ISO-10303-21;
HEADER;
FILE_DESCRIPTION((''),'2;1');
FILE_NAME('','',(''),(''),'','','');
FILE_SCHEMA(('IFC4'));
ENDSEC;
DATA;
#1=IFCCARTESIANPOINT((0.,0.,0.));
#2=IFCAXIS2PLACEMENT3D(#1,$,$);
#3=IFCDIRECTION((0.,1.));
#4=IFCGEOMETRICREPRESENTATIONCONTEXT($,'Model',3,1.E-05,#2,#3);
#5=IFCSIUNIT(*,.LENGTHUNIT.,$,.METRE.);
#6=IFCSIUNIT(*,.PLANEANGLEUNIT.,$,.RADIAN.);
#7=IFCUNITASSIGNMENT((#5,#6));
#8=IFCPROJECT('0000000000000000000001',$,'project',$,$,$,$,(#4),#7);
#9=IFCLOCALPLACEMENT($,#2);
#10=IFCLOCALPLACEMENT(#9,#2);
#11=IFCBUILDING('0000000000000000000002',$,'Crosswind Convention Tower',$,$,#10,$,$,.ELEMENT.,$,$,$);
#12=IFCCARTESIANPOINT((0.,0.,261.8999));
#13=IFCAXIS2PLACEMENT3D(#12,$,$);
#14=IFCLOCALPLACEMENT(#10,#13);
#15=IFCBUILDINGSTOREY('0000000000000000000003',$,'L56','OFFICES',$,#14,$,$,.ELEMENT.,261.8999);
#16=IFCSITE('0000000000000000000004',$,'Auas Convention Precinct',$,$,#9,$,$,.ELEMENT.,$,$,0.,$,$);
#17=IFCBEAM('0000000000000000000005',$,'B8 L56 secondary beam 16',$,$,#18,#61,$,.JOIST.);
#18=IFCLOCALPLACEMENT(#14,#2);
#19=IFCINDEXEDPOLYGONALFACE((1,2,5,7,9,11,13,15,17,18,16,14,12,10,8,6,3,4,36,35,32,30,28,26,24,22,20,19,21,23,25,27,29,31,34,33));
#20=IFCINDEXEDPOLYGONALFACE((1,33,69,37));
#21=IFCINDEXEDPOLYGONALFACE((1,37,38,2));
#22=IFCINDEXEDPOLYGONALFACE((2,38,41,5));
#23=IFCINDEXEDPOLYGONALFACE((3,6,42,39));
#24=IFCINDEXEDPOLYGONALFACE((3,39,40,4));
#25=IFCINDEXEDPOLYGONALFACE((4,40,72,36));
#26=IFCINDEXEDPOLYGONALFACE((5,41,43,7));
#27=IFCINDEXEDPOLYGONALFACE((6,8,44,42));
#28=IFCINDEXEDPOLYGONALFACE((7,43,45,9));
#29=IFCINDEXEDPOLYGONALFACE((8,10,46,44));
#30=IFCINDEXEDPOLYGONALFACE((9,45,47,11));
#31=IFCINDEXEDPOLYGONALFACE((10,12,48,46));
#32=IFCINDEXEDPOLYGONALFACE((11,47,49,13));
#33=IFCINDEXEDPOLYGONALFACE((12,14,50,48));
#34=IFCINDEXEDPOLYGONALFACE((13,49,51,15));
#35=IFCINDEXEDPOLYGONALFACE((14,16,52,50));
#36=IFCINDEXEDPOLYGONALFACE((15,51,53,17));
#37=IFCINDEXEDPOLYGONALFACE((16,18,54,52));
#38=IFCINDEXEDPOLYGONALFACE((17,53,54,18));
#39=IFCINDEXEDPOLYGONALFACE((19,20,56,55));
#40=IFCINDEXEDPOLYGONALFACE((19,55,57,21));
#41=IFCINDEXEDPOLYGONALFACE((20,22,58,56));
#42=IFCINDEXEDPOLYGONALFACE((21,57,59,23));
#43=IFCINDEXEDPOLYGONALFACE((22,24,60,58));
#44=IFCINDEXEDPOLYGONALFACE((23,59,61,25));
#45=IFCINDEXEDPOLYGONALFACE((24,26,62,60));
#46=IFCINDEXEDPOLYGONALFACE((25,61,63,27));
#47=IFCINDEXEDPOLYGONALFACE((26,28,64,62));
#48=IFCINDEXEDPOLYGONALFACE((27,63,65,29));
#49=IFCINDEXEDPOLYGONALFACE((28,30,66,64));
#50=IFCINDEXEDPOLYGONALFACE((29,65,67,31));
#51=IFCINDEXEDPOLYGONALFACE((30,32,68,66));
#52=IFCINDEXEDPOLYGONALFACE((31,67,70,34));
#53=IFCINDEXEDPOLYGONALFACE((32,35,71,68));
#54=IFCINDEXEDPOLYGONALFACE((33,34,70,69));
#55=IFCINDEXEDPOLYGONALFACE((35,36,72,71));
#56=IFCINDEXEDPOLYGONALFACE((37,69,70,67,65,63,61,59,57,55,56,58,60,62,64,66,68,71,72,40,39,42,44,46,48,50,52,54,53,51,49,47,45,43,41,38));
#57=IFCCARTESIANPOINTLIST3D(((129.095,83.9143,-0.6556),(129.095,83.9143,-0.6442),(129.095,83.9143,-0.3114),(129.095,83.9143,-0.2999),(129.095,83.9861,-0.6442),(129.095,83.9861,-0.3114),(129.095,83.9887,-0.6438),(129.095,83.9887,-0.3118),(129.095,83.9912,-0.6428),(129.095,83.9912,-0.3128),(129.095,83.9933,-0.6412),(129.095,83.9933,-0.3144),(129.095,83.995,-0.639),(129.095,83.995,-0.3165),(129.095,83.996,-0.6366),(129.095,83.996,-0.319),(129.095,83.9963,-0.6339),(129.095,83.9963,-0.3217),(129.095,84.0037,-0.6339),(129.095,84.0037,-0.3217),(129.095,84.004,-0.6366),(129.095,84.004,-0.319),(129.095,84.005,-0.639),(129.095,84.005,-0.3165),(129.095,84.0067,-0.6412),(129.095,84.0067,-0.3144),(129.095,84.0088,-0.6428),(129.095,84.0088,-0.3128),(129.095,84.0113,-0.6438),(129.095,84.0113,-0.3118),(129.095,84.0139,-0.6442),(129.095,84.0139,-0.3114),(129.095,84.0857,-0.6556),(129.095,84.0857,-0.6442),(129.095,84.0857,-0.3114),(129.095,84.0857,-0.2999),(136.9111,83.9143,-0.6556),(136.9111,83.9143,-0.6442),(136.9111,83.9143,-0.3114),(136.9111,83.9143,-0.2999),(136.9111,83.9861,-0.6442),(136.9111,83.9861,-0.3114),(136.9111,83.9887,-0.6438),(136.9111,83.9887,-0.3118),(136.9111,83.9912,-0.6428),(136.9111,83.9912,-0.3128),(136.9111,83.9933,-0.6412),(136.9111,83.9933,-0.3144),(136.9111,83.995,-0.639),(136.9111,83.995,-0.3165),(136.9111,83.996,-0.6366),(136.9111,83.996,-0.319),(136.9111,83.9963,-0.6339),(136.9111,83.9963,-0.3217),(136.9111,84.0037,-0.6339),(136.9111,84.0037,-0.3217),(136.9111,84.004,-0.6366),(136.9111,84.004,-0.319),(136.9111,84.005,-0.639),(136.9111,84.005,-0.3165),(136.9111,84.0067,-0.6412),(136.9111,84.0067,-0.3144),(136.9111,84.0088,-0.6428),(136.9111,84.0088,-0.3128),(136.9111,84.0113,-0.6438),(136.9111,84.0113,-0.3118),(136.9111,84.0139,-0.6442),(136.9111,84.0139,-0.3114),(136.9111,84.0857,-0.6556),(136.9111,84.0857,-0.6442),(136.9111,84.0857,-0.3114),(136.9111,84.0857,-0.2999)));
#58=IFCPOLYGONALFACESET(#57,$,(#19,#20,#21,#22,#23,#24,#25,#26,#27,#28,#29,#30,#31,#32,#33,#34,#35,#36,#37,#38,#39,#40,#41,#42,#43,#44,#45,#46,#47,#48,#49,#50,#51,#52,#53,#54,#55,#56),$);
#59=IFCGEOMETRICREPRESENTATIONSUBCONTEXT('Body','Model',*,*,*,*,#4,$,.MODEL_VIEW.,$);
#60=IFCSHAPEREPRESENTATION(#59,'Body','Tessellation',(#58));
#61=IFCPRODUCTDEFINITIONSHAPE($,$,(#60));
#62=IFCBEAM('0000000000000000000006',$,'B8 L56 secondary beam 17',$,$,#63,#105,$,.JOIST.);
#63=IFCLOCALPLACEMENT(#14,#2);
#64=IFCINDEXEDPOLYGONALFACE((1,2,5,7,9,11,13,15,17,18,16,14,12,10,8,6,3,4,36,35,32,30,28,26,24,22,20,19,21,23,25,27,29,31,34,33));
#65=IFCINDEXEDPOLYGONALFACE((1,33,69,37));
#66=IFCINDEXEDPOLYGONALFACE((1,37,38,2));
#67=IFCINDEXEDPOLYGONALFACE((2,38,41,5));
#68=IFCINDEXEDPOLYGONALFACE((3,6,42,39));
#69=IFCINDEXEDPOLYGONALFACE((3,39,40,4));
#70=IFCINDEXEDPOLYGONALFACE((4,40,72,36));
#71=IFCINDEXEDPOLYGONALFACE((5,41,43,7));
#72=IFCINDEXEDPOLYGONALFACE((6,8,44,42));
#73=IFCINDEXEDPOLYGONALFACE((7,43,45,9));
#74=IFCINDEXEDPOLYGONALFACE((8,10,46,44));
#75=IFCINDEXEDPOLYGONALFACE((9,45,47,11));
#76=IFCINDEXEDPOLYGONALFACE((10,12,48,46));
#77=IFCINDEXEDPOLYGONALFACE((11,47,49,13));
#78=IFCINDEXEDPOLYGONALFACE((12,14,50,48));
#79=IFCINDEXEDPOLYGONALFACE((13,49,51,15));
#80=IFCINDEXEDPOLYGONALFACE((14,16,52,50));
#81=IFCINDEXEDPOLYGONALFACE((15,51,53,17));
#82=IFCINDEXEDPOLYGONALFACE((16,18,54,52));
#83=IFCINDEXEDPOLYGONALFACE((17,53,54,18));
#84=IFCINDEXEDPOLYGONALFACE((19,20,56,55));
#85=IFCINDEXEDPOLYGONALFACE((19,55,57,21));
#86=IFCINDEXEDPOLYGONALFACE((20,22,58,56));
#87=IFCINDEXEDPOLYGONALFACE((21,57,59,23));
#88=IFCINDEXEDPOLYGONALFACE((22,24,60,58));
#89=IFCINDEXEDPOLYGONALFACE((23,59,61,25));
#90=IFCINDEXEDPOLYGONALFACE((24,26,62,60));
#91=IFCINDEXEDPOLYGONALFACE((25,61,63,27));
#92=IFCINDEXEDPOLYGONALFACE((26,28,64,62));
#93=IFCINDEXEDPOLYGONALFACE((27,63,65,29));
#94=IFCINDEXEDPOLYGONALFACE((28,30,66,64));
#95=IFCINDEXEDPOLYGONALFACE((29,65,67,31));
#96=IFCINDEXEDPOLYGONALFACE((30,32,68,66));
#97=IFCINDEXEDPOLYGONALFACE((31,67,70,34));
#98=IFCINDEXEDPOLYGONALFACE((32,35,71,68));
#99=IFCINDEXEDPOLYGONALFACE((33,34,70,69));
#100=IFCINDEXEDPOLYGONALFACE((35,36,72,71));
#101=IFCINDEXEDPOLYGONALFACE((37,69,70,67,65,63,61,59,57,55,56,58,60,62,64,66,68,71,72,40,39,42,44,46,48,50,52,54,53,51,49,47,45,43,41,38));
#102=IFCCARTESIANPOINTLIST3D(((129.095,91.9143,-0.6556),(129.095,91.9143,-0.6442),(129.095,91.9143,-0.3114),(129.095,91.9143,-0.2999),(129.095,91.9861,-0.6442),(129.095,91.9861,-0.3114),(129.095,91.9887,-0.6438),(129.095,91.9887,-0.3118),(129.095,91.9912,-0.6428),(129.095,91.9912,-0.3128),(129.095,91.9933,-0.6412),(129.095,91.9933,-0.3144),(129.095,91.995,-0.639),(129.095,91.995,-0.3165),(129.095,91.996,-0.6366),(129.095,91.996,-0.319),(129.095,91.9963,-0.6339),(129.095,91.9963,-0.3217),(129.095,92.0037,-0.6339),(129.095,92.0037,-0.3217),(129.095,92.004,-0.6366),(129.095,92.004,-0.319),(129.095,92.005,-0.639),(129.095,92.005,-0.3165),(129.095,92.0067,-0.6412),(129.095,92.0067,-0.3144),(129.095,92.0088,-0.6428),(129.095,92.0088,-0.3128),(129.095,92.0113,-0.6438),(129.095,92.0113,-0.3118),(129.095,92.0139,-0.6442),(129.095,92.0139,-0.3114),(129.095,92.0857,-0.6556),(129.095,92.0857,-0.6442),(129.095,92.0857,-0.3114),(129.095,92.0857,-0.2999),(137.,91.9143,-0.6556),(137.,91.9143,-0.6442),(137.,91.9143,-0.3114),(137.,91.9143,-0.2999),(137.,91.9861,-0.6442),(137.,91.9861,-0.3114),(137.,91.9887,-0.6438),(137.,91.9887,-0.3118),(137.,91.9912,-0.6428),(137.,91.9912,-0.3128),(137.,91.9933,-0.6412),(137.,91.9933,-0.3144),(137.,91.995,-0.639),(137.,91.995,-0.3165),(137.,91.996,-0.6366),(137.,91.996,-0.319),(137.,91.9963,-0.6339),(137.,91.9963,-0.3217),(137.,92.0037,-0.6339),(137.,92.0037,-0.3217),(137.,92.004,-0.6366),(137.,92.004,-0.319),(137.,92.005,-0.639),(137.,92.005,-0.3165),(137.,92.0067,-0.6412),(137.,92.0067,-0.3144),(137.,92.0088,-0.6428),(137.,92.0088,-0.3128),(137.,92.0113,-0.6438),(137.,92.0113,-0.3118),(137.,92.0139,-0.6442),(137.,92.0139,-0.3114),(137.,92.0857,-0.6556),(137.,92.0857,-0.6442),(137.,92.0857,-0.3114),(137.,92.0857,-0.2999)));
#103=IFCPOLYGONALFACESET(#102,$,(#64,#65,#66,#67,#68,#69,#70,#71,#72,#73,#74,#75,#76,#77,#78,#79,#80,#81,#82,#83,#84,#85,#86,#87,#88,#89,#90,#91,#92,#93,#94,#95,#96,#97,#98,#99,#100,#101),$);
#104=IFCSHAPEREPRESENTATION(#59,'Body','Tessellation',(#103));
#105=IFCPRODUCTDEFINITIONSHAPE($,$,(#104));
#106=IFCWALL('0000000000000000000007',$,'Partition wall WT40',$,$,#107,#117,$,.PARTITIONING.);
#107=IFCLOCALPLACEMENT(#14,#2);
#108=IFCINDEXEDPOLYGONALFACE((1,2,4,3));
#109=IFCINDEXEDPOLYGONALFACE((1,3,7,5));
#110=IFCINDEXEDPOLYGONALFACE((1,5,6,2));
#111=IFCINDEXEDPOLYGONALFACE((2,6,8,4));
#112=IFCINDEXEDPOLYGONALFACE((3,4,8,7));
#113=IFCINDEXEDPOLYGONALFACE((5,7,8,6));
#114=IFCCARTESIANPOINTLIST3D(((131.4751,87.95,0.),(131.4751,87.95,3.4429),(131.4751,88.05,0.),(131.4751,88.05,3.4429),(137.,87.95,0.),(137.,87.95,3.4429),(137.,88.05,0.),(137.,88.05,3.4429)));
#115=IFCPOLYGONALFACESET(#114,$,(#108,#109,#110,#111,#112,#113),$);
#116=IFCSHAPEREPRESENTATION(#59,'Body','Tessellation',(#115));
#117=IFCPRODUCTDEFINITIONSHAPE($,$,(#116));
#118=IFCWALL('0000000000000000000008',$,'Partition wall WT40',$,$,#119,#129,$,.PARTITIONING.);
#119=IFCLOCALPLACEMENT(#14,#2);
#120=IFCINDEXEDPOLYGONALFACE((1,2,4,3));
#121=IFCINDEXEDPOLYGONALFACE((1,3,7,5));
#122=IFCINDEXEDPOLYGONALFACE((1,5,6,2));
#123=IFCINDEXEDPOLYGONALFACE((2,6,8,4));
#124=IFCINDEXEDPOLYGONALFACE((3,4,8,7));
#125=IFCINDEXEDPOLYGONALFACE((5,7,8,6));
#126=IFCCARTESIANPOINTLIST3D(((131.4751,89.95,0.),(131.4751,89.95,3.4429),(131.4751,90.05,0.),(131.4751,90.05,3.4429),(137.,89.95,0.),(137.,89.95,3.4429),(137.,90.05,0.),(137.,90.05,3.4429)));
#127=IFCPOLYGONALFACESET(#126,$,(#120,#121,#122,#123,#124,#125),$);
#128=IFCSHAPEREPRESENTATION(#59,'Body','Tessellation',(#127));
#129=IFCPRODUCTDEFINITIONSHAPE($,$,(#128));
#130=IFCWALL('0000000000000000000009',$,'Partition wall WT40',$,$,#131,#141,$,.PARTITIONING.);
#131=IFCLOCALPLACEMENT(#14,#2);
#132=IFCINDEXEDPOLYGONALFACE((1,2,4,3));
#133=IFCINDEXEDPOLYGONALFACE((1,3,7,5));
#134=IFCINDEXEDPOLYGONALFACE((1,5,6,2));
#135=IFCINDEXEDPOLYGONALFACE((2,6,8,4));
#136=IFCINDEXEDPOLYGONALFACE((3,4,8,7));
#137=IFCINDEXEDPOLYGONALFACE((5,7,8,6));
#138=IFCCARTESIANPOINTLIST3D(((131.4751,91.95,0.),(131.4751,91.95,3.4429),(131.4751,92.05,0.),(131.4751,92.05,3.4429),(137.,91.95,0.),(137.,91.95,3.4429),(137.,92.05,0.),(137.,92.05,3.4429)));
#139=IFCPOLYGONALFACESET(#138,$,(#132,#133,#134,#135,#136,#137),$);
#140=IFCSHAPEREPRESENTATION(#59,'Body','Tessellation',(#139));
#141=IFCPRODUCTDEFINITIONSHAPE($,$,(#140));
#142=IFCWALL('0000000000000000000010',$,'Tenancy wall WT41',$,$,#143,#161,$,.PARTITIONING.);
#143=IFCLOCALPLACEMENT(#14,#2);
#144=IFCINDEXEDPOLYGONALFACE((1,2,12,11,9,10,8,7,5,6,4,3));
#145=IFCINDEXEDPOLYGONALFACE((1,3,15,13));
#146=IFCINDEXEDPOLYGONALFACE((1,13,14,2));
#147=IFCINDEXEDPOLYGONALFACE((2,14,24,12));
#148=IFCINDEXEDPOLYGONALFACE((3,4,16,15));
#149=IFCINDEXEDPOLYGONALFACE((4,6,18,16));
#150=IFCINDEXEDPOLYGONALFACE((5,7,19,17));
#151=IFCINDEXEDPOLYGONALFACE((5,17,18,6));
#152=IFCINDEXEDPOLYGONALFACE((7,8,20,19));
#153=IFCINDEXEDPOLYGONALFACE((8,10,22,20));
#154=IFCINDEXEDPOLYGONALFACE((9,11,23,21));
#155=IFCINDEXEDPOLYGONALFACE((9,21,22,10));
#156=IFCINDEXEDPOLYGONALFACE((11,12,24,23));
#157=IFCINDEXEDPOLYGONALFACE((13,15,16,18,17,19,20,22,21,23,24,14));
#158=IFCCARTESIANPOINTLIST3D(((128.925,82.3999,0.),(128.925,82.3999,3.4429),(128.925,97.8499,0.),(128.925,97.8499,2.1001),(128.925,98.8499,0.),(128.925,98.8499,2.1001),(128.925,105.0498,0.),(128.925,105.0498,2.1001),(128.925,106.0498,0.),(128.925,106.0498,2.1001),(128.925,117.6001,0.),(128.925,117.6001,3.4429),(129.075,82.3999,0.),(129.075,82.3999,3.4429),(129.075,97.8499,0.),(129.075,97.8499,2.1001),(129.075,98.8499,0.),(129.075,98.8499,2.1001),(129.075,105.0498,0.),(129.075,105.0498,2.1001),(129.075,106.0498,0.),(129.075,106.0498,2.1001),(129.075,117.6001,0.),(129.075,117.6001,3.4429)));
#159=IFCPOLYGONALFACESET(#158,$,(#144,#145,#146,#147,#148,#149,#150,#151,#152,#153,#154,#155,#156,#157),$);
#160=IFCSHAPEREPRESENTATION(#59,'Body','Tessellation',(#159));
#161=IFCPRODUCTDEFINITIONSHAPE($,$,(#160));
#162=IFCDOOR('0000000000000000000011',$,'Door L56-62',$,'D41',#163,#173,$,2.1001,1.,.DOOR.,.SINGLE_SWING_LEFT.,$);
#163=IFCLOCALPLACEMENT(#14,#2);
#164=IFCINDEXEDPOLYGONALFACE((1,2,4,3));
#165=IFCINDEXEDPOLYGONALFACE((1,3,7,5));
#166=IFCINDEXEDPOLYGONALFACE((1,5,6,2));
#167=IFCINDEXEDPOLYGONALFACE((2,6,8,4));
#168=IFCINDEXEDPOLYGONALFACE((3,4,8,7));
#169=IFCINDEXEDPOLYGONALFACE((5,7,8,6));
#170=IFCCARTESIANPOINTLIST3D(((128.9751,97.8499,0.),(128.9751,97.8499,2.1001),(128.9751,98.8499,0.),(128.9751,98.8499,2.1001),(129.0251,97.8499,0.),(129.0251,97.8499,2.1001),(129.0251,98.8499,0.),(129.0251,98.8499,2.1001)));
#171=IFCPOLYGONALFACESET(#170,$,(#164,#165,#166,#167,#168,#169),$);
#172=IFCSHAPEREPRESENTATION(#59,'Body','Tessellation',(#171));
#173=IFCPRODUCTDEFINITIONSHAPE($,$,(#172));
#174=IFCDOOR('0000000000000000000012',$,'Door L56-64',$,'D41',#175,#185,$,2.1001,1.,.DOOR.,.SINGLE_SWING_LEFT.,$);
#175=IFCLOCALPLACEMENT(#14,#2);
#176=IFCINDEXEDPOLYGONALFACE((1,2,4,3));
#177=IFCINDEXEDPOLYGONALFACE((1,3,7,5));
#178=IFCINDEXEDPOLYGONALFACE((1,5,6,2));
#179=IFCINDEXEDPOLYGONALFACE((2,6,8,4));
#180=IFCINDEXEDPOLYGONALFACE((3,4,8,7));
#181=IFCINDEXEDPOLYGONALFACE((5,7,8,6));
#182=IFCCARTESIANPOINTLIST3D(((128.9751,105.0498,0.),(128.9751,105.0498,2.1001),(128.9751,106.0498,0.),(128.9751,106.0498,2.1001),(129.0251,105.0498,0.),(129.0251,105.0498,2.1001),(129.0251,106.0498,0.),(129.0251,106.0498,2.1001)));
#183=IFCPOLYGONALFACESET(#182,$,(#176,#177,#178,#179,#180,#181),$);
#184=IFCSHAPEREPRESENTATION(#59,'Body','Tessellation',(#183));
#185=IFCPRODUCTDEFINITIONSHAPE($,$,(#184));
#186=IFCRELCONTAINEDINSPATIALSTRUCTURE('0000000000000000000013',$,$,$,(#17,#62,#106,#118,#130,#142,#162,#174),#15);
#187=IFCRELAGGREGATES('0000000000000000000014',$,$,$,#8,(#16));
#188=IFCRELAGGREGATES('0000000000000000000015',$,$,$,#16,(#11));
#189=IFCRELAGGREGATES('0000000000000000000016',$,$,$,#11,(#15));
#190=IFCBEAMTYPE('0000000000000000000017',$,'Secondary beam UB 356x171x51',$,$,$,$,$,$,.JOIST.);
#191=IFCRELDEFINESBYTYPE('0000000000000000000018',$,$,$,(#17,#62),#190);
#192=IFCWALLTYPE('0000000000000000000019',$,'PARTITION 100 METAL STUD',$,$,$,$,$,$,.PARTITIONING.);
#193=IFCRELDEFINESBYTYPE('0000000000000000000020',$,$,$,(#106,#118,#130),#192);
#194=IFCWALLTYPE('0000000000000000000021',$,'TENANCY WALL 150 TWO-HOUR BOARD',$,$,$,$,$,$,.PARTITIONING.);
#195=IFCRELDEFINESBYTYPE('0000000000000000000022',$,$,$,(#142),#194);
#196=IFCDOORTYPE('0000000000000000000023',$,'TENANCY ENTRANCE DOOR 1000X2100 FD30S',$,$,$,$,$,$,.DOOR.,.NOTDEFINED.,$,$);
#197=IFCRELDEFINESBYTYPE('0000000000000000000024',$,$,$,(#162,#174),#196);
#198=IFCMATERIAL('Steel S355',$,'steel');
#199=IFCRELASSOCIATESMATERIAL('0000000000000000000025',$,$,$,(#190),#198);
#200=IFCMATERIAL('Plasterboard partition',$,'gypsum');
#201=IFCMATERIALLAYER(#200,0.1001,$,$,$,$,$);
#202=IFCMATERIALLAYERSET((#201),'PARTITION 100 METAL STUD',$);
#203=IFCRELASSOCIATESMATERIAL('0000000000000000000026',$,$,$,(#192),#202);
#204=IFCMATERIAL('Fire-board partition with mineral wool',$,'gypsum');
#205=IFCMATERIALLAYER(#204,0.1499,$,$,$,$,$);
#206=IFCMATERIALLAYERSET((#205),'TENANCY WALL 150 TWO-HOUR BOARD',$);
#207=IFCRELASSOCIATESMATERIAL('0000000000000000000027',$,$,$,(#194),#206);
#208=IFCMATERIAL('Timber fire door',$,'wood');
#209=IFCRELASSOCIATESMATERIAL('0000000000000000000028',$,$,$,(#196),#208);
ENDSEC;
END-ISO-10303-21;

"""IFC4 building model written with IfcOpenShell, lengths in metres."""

from ifc_helpers import new_model, si_unit, direction, frame, frame_2d, origin, origin_2d, place, context, subcontext, project, spatial, rectangle, i_section, extrude, material, layer, layer_set, material_profile, profile_set, type_object, element, fill, save


model = new_model("IFC4")

# Units and contexts
model_context = context("Model", 3, precision=1e-05, world=origin(), true_north=direction((0.0, 1.0)))
body_context = subcontext(model_context, "Body", "Model", "MODEL_VIEW")
ifc_project = project(units=[si_unit("LENGTHUNIT", "METRE"), si_unit("PLANEANGLEUNIT", "RADIAN")], contexts=[model_context])

# Site, building, storey
site_placement = place(None, origin())
site = spatial("IfcSite", under=ifc_project, at=site_placement, Name="Auas Convention Precinct", CompositionType="ELEMENT", RefElevation=0.0)
building_placement = place(site_placement, origin())
building = spatial("IfcBuilding", under=site, at=building_placement, Name="Crosswind Convention Tower", CompositionType="ELEMENT")
storey_placement = place(building_placement, frame((0.0, 0.0, 261.8999)))
storey = spatial("IfcBuildingStorey", under=building, at=storey_placement, Name="L56", Description="OFFICES", CompositionType="ELEMENT", Elevation=261.8999)

# Beams
ifc_material_1 = material(Name="Steel S355", Category="steel")
ifc_material_profile_1 = material_profile(ifc_material_1, i_section(OverallWidth=0.1714, OverallDepth=0.3557, WebThickness=0.0073, FlangeThickness=0.0115, FilletRadius=0.0103, at=origin_2d()), Name="UB 356x171x51")
ifc_profile_set_1 = profile_set([ifc_material_profile_1], Name="Steel S355")
beam_type_1 = type_object("IfcBeamType", Name="Secondary beam UB 356x171x51", PredefinedType="JOIST", material=ifc_profile_set_1)
beam_1_placement = place(storey_placement, frame((129.095, 84.0, -0.4778), z_axis=(1.0, 0.0, 0.0), x_axis=(0.0, 1.0, 0.0)))
element("IfcBeam", 1, at=beam_1_placement, inside=storey, type_object=beam_type_1, Name="B8 L56 secondary beam 16", PredefinedType="JOIST", context=body_context, shape_type="SweptSolid", body=[
    extrude(i_section(OverallWidth=0.1714, OverallDepth=0.3557, WebThickness=0.0073, FlangeThickness=0.0115, FilletRadius=0.0103, at=origin_2d()), origin(), (0.0, 0.0, 1.0), 7.8162),
])
beam_2_placement = place(storey_placement, frame((129.095, 92.0, -0.4778), z_axis=(1.0, 0.0, 0.0), x_axis=(0.0, 1.0, 0.0)))
element("IfcBeam", 2, at=beam_2_placement, inside=storey, type_object=beam_type_1, Name="B8 L56 secondary beam 17", PredefinedType="JOIST", context=body_context, shape_type="SweptSolid", body=[
    extrude(i_section(OverallWidth=0.1714, OverallDepth=0.3557, WebThickness=0.0073, FlangeThickness=0.0115, FilletRadius=0.0103, at=origin_2d()), origin(), (0.0, 0.0, 1.0), 7.905),
])

# Walls
ifc_material_2 = material(Name="Plasterboard partition", Category="gypsum")
ifc_layer_1 = layer(ifc_material_2, 0.1001)
ifc_layer_set_1 = layer_set([ifc_layer_1], Name="PARTITION 100 METAL STUD")
wall_type_1 = type_object("IfcWallType", Name="PARTITION 100 METAL STUD", PredefinedType="PARTITIONING", material=ifc_layer_set_1)
for number, where, z_axis, x_axis, name in (
    (3, (131.4751, 88.0, 0.0), (0.0, 0.0, 1.0), (1.0, 0.0, 0.0), "Partition wall WT40"),
    (4, (131.4751, 90.0, 0.0), (0.0, 0.0, 1.0), (1.0, 0.0, 0.0), "Partition wall WT40"),
    (5, (131.4751, 92.0, 0.0), (0.0, 0.0, 1.0), (1.0, 0.0, 0.0), "Partition wall WT40"),
):
    element("IfcWall", number, at=place(storey_placement, frame(where, z_axis=z_axis, x_axis=x_axis)), inside=storey, type_object=wall_type_1, Name=name, PredefinedType="PARTITIONING", context=body_context, shape_type="SweptSolid", body=[
        extrude(rectangle(XDim=5.5249, YDim=0.1001, at=frame_2d((2.7625, 0.0))), origin(), (0.0, 0.0, 1.0), 3.4429),
    ])

# Wall, openings, doors
ifc_material_3 = material(Name="Fire-board partition with mineral wool", Category="gypsum")
ifc_layer_2 = layer(ifc_material_3, 0.1499)
ifc_layer_set_2 = layer_set([ifc_layer_2], Name="TENANCY WALL 150 TWO-HOUR BOARD")
wall_type_2 = type_object("IfcWallType", Name="TENANCY WALL 150 TWO-HOUR BOARD", PredefinedType="PARTITIONING", material=ifc_layer_set_2)
wall_1_placement = place(storey_placement, frame((129.0, 82.3999, 0.0), z_axis=(0.0, 0.0, 1.0), x_axis=(0.0, 1.0, 0.0)))
wall_1 = element("IfcWall", 6, at=wall_1_placement, inside=storey, type_object=wall_type_2, Name="Tenancy wall WT41", PredefinedType="PARTITIONING", context=body_context, shape_type="SweptSolid", body=[
    extrude(rectangle(XDim=35.2002, YDim=0.1499, at=frame_2d((17.6001, 0.0))), origin(), (0.0, 0.0, 1.0), 3.4429),
])
opening_1_placement = place(wall_1_placement, frame((15.45, 0.0, 0.0)))
opening_1 = element("IfcOpeningElement", 7, at=opening_1_placement, cuts=wall_1, PredefinedType="OPENING", context=body_context, shape_type="SweptSolid", body=[
    extrude(rectangle(XDim=1.0, YDim=2.1001, at=frame_2d((0.5, 1.05))), frame((0.0, 0.085, 0.0), z_axis=(0.0, -1.0, 0.0), x_axis=(1.0, 0.0, 0.0)), (0.0, 0.0, 1.0), 0.1699),
])
opening_2_placement = place(wall_1_placement, frame((22.6499, 0.0, 0.0)))
opening_2 = element("IfcOpeningElement", 8, at=opening_2_placement, cuts=wall_1, PredefinedType="OPENING", context=body_context, shape_type="SweptSolid", body=[
    extrude(rectangle(XDim=1.0, YDim=2.1001, at=frame_2d((0.5, 1.05))), frame((0.0, 0.085, 0.0), z_axis=(0.0, -1.0, 0.0), x_axis=(1.0, 0.0, 0.0)), (0.0, 0.0, 1.0), 0.1699),
])
ifc_material_4 = material(Name="Timber fire door", Category="wood")
door_type = type_object("IfcDoorType", Name="TENANCY ENTRANCE DOOR 1000X2100 FD30S", OperationType="NOTDEFINED", PredefinedType="DOOR", material=ifc_material_4)
door_1_placement = place(opening_1_placement, origin())
door_1 = element("IfcDoor", 9, at=door_1_placement, inside=storey, type_object=door_type, Name="Door L56-62", ObjectType="D41", OperationType="SINGLE_SWING_LEFT", OverallHeight=2.1001, OverallWidth=1.0, PredefinedType="DOOR", context=body_context, shape_type="SweptSolid", body=[
    extrude(rectangle(XDim=1.0, YDim=2.1001, at=frame_2d((0.5, 1.05))), frame((0.0, 0.0249, 0.0), z_axis=(0.0, -1.0, 0.0), x_axis=(1.0, 0.0, 0.0)), (0.0, 0.0, 1.0), 0.05),
])
fill(opening_1, door_1)
door_2_placement = place(opening_2_placement, origin())
door_2 = element("IfcDoor", 10, at=door_2_placement, inside=storey, type_object=door_type, Name="Door L56-64", ObjectType="D41", OperationType="SINGLE_SWING_LEFT", OverallHeight=2.1001, OverallWidth=1.0, PredefinedType="DOOR", context=body_context, shape_type="SweptSolid", body=[
    extrude(rectangle(XDim=1.0, YDim=2.1001, at=frame_2d((0.5, 1.05))), frame((0.0, 0.0249, 0.0), z_axis=(0.0, -1.0, 0.0), x_axis=(1.0, 0.0, 0.0)), (0.0, 0.0, 1.0), 0.05),
])
fill(opening_2, door_2)

save(model, "model.ifc")
